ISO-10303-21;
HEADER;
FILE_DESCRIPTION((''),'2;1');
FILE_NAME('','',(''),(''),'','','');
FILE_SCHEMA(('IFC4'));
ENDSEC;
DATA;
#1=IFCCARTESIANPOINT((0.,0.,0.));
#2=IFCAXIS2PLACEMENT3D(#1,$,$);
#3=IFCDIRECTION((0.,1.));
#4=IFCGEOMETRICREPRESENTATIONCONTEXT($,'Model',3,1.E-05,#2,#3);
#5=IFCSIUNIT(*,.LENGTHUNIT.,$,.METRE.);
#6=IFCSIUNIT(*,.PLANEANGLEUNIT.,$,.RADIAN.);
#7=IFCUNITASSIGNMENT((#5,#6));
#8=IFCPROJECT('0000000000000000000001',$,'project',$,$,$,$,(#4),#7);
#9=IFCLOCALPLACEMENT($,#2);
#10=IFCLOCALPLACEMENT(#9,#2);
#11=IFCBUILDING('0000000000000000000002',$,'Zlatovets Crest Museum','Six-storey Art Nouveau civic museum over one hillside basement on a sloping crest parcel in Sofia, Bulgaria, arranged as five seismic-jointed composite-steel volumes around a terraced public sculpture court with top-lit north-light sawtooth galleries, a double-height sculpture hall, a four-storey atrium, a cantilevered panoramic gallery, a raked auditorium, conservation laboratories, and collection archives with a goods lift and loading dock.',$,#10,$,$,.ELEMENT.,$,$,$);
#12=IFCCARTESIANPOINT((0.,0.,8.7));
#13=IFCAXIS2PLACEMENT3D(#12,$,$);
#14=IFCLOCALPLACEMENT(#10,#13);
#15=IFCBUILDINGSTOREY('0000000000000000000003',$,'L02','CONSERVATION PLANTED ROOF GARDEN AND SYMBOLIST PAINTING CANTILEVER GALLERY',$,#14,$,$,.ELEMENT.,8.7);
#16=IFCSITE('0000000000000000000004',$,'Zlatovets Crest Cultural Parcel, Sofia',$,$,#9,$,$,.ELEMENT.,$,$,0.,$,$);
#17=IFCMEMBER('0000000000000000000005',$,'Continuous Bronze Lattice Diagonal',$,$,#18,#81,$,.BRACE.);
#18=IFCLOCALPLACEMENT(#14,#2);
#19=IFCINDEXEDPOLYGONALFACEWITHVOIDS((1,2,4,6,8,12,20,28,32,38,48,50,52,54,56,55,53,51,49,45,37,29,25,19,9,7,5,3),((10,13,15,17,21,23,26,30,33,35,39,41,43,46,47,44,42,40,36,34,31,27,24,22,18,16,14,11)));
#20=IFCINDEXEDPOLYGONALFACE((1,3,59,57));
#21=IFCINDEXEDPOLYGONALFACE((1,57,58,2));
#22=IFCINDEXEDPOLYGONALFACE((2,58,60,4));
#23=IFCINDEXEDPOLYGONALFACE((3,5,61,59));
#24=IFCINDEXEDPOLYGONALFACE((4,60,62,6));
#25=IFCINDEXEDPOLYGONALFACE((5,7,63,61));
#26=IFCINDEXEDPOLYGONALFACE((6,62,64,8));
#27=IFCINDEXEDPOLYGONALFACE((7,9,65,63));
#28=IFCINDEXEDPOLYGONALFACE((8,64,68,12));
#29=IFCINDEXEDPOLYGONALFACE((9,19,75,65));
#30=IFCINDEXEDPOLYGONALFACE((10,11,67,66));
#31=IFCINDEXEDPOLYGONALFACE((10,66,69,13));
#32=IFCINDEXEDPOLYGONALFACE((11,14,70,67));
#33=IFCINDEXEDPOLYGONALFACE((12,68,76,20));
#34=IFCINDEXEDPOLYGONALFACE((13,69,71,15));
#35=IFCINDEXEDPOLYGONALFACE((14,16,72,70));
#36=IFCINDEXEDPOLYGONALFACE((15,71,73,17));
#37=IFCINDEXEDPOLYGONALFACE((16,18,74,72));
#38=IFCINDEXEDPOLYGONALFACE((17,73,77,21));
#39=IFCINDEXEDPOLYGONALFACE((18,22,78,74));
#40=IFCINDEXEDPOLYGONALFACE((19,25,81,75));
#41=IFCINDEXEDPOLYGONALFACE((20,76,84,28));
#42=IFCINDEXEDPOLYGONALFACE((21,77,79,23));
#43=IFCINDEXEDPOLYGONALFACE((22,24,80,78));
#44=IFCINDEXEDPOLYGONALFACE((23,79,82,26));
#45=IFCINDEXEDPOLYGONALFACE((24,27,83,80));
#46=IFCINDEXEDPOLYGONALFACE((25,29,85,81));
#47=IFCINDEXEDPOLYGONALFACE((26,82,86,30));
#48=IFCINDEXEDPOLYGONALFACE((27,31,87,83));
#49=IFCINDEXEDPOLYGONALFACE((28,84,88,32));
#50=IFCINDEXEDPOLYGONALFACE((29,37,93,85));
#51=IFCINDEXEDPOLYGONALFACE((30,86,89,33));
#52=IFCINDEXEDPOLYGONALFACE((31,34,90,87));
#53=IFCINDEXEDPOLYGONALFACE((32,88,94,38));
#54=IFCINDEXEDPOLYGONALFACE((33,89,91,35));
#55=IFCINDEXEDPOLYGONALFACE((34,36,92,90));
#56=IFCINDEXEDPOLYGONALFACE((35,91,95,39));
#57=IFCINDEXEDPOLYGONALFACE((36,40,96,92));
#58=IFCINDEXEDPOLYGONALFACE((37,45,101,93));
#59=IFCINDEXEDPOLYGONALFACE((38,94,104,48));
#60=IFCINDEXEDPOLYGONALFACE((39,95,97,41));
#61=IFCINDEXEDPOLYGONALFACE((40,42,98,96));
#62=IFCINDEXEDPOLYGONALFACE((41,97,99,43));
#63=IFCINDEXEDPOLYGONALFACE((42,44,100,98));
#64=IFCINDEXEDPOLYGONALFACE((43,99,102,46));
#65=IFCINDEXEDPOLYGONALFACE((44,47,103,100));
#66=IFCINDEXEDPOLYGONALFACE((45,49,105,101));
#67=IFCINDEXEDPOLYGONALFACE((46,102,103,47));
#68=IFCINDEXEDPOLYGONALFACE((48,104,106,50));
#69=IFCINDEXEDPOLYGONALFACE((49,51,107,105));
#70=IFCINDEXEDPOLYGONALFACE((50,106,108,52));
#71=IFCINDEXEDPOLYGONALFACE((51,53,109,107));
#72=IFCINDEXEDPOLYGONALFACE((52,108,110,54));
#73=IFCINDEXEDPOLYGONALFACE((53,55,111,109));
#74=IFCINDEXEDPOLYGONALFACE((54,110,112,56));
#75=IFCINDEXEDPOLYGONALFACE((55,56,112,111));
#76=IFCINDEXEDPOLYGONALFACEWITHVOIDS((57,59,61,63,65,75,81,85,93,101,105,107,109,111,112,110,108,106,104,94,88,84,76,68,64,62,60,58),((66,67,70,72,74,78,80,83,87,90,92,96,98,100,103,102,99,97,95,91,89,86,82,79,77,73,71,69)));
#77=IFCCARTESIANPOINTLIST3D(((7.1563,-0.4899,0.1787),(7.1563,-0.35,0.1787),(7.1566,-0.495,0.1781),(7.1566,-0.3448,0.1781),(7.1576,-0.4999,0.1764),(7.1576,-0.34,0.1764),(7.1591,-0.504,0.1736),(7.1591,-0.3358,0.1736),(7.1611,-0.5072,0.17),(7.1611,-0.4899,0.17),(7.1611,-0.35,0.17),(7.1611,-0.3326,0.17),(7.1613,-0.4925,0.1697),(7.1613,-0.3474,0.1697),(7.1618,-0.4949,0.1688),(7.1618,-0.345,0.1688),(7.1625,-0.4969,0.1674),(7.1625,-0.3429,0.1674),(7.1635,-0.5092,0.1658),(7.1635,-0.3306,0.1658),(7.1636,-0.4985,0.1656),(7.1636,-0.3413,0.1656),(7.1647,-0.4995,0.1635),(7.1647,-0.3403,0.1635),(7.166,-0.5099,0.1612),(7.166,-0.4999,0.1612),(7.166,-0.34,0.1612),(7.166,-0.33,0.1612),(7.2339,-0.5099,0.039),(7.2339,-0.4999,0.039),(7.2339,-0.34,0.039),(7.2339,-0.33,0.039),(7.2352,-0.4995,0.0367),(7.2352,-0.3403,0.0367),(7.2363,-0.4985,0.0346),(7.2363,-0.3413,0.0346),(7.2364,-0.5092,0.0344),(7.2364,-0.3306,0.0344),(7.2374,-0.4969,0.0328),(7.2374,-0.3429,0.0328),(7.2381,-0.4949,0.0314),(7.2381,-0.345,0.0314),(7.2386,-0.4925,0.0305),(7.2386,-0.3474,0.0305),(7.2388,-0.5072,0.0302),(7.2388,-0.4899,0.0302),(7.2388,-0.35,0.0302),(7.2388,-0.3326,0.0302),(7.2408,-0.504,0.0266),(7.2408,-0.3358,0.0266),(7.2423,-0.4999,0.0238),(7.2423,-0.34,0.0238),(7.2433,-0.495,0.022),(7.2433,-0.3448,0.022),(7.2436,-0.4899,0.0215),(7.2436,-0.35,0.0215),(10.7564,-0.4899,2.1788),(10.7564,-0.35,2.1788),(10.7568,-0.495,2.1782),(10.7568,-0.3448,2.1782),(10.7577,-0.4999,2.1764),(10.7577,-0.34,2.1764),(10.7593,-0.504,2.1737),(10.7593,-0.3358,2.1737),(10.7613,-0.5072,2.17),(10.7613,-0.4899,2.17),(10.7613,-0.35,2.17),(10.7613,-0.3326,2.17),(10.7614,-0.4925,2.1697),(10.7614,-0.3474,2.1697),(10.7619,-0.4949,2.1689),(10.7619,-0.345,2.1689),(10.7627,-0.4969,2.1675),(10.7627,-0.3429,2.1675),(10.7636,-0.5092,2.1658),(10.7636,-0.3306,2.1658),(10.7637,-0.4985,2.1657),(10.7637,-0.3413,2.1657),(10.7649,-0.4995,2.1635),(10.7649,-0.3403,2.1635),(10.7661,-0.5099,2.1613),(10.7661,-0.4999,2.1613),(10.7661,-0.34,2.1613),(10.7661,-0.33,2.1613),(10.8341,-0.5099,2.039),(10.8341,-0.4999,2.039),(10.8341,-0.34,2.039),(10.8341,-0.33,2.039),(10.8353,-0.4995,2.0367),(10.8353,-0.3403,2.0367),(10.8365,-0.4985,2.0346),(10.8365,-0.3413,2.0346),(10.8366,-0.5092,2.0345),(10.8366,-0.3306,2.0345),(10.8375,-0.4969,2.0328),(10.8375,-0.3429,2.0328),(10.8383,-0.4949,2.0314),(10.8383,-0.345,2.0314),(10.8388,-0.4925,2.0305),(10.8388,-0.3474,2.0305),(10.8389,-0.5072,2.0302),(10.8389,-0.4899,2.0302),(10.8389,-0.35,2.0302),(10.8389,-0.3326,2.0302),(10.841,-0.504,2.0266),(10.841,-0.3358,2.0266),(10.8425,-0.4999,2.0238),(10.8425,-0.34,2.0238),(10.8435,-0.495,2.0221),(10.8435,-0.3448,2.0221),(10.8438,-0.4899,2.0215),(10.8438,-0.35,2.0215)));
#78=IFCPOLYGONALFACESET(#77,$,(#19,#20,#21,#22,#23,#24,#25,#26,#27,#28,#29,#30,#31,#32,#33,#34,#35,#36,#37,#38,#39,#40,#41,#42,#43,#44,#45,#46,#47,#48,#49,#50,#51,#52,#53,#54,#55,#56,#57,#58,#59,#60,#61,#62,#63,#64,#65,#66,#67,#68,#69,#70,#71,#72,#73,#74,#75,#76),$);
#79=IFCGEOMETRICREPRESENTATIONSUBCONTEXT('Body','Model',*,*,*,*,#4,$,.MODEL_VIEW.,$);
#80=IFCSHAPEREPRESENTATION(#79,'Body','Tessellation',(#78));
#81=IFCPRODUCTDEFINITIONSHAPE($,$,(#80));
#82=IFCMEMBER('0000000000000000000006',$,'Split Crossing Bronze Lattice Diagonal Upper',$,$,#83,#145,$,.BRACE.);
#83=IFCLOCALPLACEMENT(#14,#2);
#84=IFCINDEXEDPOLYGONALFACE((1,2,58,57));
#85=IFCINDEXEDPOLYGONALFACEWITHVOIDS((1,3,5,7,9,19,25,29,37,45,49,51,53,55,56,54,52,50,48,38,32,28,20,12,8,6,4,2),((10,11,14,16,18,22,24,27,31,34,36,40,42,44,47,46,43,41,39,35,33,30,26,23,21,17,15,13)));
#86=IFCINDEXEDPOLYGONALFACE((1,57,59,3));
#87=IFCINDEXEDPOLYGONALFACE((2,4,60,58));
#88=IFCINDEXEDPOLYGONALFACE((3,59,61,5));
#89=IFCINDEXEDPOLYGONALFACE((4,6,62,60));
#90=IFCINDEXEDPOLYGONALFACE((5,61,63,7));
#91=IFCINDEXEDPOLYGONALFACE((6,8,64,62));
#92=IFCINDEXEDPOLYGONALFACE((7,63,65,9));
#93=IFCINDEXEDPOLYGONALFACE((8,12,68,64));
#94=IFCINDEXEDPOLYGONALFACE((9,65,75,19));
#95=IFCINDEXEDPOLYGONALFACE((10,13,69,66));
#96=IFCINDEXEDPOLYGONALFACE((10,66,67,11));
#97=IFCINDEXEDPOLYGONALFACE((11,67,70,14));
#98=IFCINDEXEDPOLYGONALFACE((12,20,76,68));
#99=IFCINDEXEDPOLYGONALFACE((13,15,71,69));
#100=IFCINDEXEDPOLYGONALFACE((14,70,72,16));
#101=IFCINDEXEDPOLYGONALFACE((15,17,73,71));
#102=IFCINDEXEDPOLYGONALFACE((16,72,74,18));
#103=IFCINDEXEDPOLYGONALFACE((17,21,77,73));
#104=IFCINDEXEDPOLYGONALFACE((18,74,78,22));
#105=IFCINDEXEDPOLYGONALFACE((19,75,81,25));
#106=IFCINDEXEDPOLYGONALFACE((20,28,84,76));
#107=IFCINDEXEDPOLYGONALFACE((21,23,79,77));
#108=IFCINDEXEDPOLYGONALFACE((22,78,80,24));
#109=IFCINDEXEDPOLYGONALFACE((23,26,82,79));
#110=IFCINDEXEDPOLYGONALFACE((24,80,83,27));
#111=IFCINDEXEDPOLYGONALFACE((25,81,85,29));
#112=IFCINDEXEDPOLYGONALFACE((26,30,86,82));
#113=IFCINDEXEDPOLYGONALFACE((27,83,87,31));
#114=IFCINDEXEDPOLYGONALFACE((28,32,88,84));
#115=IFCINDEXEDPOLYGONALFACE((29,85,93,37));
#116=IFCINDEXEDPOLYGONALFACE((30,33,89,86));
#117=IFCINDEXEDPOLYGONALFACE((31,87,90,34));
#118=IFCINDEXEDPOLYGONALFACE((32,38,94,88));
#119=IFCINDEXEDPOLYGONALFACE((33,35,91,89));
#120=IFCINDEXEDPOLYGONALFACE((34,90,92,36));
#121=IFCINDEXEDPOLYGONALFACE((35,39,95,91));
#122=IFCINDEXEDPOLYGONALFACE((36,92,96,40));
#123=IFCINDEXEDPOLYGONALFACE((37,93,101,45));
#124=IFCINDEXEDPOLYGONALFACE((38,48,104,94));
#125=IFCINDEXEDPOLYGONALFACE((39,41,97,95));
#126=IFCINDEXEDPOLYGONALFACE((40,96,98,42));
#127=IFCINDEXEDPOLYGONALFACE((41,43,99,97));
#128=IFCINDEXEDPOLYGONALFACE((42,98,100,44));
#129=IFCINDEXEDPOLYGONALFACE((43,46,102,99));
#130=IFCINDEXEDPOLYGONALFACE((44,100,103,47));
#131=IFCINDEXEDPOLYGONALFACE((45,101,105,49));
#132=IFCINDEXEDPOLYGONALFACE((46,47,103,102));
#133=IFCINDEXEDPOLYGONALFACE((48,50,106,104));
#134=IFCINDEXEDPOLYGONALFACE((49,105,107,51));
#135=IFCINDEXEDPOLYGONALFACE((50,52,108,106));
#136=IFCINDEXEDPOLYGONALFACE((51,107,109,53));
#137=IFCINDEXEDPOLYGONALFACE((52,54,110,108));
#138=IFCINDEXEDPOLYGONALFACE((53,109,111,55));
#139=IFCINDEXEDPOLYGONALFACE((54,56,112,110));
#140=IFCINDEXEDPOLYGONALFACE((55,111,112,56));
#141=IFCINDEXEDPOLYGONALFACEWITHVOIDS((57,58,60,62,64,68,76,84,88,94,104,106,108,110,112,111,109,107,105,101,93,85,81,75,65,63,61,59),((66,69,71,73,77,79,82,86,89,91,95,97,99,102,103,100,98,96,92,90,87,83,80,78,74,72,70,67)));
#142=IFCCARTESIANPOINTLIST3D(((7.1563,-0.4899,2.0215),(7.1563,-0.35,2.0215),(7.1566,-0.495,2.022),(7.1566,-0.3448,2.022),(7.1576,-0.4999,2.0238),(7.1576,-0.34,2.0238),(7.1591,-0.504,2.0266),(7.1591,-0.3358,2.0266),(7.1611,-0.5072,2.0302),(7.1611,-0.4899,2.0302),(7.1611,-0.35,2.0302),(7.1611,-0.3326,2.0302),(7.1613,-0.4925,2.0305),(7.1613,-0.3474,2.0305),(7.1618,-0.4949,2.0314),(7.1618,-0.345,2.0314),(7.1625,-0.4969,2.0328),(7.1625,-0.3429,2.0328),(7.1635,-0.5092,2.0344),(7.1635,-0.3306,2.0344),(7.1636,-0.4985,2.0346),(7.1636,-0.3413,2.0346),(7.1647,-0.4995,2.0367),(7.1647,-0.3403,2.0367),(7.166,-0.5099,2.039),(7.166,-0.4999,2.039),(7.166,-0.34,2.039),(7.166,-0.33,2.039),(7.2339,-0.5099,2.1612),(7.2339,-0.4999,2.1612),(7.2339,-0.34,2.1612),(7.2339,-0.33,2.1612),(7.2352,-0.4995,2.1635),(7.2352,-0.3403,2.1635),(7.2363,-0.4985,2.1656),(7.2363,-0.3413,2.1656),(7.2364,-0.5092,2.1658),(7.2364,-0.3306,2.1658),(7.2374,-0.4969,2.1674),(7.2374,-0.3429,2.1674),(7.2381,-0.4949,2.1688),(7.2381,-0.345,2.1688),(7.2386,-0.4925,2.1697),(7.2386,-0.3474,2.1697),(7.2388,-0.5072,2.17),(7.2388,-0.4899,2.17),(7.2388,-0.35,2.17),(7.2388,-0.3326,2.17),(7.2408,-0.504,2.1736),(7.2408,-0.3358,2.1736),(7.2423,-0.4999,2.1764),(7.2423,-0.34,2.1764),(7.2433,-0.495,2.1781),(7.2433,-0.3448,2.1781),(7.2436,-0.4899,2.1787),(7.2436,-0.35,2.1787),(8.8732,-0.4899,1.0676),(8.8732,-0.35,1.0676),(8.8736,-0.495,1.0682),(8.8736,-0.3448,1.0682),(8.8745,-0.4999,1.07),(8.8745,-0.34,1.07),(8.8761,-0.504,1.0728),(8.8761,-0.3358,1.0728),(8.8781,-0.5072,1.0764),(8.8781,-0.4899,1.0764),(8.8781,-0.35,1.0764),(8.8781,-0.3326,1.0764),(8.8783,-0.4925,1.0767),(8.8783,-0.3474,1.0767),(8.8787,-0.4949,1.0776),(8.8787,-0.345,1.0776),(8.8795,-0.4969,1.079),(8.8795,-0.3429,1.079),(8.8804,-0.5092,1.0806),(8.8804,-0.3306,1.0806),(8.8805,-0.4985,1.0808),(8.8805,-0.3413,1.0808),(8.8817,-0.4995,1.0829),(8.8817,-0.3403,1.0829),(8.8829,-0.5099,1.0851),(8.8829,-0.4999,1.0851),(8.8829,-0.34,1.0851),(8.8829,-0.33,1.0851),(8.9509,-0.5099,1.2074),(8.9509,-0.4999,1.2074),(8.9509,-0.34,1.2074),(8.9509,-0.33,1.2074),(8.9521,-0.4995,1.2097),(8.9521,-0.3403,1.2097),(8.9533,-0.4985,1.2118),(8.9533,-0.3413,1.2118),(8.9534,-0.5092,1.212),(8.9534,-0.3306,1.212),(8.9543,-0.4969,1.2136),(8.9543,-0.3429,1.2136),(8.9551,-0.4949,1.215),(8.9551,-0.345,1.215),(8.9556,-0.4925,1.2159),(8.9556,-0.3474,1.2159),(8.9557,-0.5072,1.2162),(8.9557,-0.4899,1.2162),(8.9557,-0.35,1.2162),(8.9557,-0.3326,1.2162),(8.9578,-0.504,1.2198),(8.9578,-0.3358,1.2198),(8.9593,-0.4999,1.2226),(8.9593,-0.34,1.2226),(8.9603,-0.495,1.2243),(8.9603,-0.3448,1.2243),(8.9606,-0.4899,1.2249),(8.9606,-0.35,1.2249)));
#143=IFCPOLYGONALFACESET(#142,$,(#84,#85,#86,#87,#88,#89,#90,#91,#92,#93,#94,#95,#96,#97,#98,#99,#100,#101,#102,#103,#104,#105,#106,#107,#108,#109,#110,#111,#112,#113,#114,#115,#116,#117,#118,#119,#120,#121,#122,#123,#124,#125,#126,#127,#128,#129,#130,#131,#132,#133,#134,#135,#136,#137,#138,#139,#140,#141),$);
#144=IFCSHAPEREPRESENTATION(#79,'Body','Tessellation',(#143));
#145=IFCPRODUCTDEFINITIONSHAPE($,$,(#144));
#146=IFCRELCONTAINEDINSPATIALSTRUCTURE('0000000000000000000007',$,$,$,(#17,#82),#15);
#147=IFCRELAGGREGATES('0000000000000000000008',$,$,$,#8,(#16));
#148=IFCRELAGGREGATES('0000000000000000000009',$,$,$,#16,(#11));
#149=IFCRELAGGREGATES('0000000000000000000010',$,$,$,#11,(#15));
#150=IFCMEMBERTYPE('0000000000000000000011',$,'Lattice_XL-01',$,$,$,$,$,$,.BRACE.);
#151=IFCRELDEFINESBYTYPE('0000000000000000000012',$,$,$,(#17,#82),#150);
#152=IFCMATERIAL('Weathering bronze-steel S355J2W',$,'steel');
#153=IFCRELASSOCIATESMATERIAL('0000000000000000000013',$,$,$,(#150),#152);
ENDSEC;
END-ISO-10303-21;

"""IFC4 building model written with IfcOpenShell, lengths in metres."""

from ifc_helpers import new_model, si_unit, direction, frame, origin, origin_2d, place, context, subcontext, project, spatial, hollow_rectangle, extrude, material, material_profile, profile_set, type_object, element, save


model = new_model("IFC4")

# Units and contexts
model_context = context("Model", 3, precision=1e-05, world=origin(), true_north=direction((0.0, 1.0)))
body_context = subcontext(model_context, "Body", "Model", "MODEL_VIEW")
ifc_project = project(units=[si_unit("LENGTHUNIT", "METRE"), si_unit("PLANEANGLEUNIT", "RADIAN")], contexts=[model_context])

# Site, building, storey
site_placement = place(None, origin())
site = spatial("IfcSite", under=ifc_project, at=site_placement, Name="Zlatovets Crest Cultural Parcel, Sofia", CompositionType="ELEMENT", RefElevation=0.0)
building_placement = place(site_placement, origin())
building = spatial("IfcBuilding", under=site, at=building_placement, Name="Zlatovets Crest Museum", Description="Six-storey Art Nouveau civic museum over one hillside basement on a sloping crest parcel in Sofia, Bulgaria, arranged as five seismic-jointed composite-steel volumes around a terraced public sculpture court with top-lit north-light sawtooth galleries, a double-height sculpture hall, a four-storey atrium, a cantilevered panoramic gallery, a raked auditorium, conservation laboratories, and collection archives with a goods lift and loading dock.", CompositionType="ELEMENT")
storey_placement = place(building_placement, frame((0.0, 0.0, 8.7)))
storey = spatial("IfcBuildingStorey", under=building, at=storey_placement, Name="L02", Description="CONSERVATION PLANTED ROOF GARDEN AND SYMBOLIST PAINTING CANTILEVER GALLERY", CompositionType="ELEMENT", Elevation=8.7)

# Members
ifc_material_1 = material(Name="Weathering bronze-steel S355J2W", Category="steel")
ifc_material_profile_1 = material_profile(ifc_material_1, hollow_rectangle(XDim=0.1799, YDim=0.1799, WallThickness=0.01, InnerFilletRadius=0.01, OuterFilletRadius=0.02, at=origin_2d()), Name="SHS 180x180x10.0")
ifc_profile_set_1 = profile_set([ifc_material_profile_1], Name="Weathering bronze-steel S355J2W")
member_type_1 = type_object("IfcMemberType", Name="Lattice_XL-01", PredefinedType="BRACE", material=ifc_profile_set_1)
member_1_placement = place(storey_placement, frame((7.2, -0.4199, 0.1001), z_axis=(0.874163, 0.0, 0.485633), x_axis=(0.0, 1.0, 0.0)))
element("IfcMember", 1, at=member_1_placement, inside=storey, type_object=member_type_1, Name="Continuous Bronze Lattice Diagonal", PredefinedType="BRACE", context=body_context, shape_type="SweptSolid", body=[
    extrude(hollow_rectangle(XDim=0.1799, YDim=0.1799, WallThickness=0.01, InnerFilletRadius=0.01, OuterFilletRadius=0.02, at=origin_2d()), origin(), (0.0, 0.0, 1.0), 4.1184),
])
for number, where, z_axis, x_axis, name in (
    (2, (7.2, -0.4199, 2.1001), (0.874169, 0.0, -0.485622), (0.0, 1.0, 0.0), "Split Crossing Bronze Lattice Diagonal Upper"),
):
    element("IfcMember", number, at=place(storey_placement, frame(where, z_axis=z_axis, x_axis=x_axis)), inside=storey, type_object=member_type_1, Name=name, PredefinedType="BRACE", context=body_context, shape_type="SweptSolid", body=[
        extrude(hollow_rectangle(XDim=0.1799, YDim=0.1799, WallThickness=0.01, InnerFilletRadius=0.01, OuterFilletRadius=0.02, at=origin_2d()), origin(), (0.0, 0.0, 1.0), 1.9641),
    ])

save(model, "model.ifc")
